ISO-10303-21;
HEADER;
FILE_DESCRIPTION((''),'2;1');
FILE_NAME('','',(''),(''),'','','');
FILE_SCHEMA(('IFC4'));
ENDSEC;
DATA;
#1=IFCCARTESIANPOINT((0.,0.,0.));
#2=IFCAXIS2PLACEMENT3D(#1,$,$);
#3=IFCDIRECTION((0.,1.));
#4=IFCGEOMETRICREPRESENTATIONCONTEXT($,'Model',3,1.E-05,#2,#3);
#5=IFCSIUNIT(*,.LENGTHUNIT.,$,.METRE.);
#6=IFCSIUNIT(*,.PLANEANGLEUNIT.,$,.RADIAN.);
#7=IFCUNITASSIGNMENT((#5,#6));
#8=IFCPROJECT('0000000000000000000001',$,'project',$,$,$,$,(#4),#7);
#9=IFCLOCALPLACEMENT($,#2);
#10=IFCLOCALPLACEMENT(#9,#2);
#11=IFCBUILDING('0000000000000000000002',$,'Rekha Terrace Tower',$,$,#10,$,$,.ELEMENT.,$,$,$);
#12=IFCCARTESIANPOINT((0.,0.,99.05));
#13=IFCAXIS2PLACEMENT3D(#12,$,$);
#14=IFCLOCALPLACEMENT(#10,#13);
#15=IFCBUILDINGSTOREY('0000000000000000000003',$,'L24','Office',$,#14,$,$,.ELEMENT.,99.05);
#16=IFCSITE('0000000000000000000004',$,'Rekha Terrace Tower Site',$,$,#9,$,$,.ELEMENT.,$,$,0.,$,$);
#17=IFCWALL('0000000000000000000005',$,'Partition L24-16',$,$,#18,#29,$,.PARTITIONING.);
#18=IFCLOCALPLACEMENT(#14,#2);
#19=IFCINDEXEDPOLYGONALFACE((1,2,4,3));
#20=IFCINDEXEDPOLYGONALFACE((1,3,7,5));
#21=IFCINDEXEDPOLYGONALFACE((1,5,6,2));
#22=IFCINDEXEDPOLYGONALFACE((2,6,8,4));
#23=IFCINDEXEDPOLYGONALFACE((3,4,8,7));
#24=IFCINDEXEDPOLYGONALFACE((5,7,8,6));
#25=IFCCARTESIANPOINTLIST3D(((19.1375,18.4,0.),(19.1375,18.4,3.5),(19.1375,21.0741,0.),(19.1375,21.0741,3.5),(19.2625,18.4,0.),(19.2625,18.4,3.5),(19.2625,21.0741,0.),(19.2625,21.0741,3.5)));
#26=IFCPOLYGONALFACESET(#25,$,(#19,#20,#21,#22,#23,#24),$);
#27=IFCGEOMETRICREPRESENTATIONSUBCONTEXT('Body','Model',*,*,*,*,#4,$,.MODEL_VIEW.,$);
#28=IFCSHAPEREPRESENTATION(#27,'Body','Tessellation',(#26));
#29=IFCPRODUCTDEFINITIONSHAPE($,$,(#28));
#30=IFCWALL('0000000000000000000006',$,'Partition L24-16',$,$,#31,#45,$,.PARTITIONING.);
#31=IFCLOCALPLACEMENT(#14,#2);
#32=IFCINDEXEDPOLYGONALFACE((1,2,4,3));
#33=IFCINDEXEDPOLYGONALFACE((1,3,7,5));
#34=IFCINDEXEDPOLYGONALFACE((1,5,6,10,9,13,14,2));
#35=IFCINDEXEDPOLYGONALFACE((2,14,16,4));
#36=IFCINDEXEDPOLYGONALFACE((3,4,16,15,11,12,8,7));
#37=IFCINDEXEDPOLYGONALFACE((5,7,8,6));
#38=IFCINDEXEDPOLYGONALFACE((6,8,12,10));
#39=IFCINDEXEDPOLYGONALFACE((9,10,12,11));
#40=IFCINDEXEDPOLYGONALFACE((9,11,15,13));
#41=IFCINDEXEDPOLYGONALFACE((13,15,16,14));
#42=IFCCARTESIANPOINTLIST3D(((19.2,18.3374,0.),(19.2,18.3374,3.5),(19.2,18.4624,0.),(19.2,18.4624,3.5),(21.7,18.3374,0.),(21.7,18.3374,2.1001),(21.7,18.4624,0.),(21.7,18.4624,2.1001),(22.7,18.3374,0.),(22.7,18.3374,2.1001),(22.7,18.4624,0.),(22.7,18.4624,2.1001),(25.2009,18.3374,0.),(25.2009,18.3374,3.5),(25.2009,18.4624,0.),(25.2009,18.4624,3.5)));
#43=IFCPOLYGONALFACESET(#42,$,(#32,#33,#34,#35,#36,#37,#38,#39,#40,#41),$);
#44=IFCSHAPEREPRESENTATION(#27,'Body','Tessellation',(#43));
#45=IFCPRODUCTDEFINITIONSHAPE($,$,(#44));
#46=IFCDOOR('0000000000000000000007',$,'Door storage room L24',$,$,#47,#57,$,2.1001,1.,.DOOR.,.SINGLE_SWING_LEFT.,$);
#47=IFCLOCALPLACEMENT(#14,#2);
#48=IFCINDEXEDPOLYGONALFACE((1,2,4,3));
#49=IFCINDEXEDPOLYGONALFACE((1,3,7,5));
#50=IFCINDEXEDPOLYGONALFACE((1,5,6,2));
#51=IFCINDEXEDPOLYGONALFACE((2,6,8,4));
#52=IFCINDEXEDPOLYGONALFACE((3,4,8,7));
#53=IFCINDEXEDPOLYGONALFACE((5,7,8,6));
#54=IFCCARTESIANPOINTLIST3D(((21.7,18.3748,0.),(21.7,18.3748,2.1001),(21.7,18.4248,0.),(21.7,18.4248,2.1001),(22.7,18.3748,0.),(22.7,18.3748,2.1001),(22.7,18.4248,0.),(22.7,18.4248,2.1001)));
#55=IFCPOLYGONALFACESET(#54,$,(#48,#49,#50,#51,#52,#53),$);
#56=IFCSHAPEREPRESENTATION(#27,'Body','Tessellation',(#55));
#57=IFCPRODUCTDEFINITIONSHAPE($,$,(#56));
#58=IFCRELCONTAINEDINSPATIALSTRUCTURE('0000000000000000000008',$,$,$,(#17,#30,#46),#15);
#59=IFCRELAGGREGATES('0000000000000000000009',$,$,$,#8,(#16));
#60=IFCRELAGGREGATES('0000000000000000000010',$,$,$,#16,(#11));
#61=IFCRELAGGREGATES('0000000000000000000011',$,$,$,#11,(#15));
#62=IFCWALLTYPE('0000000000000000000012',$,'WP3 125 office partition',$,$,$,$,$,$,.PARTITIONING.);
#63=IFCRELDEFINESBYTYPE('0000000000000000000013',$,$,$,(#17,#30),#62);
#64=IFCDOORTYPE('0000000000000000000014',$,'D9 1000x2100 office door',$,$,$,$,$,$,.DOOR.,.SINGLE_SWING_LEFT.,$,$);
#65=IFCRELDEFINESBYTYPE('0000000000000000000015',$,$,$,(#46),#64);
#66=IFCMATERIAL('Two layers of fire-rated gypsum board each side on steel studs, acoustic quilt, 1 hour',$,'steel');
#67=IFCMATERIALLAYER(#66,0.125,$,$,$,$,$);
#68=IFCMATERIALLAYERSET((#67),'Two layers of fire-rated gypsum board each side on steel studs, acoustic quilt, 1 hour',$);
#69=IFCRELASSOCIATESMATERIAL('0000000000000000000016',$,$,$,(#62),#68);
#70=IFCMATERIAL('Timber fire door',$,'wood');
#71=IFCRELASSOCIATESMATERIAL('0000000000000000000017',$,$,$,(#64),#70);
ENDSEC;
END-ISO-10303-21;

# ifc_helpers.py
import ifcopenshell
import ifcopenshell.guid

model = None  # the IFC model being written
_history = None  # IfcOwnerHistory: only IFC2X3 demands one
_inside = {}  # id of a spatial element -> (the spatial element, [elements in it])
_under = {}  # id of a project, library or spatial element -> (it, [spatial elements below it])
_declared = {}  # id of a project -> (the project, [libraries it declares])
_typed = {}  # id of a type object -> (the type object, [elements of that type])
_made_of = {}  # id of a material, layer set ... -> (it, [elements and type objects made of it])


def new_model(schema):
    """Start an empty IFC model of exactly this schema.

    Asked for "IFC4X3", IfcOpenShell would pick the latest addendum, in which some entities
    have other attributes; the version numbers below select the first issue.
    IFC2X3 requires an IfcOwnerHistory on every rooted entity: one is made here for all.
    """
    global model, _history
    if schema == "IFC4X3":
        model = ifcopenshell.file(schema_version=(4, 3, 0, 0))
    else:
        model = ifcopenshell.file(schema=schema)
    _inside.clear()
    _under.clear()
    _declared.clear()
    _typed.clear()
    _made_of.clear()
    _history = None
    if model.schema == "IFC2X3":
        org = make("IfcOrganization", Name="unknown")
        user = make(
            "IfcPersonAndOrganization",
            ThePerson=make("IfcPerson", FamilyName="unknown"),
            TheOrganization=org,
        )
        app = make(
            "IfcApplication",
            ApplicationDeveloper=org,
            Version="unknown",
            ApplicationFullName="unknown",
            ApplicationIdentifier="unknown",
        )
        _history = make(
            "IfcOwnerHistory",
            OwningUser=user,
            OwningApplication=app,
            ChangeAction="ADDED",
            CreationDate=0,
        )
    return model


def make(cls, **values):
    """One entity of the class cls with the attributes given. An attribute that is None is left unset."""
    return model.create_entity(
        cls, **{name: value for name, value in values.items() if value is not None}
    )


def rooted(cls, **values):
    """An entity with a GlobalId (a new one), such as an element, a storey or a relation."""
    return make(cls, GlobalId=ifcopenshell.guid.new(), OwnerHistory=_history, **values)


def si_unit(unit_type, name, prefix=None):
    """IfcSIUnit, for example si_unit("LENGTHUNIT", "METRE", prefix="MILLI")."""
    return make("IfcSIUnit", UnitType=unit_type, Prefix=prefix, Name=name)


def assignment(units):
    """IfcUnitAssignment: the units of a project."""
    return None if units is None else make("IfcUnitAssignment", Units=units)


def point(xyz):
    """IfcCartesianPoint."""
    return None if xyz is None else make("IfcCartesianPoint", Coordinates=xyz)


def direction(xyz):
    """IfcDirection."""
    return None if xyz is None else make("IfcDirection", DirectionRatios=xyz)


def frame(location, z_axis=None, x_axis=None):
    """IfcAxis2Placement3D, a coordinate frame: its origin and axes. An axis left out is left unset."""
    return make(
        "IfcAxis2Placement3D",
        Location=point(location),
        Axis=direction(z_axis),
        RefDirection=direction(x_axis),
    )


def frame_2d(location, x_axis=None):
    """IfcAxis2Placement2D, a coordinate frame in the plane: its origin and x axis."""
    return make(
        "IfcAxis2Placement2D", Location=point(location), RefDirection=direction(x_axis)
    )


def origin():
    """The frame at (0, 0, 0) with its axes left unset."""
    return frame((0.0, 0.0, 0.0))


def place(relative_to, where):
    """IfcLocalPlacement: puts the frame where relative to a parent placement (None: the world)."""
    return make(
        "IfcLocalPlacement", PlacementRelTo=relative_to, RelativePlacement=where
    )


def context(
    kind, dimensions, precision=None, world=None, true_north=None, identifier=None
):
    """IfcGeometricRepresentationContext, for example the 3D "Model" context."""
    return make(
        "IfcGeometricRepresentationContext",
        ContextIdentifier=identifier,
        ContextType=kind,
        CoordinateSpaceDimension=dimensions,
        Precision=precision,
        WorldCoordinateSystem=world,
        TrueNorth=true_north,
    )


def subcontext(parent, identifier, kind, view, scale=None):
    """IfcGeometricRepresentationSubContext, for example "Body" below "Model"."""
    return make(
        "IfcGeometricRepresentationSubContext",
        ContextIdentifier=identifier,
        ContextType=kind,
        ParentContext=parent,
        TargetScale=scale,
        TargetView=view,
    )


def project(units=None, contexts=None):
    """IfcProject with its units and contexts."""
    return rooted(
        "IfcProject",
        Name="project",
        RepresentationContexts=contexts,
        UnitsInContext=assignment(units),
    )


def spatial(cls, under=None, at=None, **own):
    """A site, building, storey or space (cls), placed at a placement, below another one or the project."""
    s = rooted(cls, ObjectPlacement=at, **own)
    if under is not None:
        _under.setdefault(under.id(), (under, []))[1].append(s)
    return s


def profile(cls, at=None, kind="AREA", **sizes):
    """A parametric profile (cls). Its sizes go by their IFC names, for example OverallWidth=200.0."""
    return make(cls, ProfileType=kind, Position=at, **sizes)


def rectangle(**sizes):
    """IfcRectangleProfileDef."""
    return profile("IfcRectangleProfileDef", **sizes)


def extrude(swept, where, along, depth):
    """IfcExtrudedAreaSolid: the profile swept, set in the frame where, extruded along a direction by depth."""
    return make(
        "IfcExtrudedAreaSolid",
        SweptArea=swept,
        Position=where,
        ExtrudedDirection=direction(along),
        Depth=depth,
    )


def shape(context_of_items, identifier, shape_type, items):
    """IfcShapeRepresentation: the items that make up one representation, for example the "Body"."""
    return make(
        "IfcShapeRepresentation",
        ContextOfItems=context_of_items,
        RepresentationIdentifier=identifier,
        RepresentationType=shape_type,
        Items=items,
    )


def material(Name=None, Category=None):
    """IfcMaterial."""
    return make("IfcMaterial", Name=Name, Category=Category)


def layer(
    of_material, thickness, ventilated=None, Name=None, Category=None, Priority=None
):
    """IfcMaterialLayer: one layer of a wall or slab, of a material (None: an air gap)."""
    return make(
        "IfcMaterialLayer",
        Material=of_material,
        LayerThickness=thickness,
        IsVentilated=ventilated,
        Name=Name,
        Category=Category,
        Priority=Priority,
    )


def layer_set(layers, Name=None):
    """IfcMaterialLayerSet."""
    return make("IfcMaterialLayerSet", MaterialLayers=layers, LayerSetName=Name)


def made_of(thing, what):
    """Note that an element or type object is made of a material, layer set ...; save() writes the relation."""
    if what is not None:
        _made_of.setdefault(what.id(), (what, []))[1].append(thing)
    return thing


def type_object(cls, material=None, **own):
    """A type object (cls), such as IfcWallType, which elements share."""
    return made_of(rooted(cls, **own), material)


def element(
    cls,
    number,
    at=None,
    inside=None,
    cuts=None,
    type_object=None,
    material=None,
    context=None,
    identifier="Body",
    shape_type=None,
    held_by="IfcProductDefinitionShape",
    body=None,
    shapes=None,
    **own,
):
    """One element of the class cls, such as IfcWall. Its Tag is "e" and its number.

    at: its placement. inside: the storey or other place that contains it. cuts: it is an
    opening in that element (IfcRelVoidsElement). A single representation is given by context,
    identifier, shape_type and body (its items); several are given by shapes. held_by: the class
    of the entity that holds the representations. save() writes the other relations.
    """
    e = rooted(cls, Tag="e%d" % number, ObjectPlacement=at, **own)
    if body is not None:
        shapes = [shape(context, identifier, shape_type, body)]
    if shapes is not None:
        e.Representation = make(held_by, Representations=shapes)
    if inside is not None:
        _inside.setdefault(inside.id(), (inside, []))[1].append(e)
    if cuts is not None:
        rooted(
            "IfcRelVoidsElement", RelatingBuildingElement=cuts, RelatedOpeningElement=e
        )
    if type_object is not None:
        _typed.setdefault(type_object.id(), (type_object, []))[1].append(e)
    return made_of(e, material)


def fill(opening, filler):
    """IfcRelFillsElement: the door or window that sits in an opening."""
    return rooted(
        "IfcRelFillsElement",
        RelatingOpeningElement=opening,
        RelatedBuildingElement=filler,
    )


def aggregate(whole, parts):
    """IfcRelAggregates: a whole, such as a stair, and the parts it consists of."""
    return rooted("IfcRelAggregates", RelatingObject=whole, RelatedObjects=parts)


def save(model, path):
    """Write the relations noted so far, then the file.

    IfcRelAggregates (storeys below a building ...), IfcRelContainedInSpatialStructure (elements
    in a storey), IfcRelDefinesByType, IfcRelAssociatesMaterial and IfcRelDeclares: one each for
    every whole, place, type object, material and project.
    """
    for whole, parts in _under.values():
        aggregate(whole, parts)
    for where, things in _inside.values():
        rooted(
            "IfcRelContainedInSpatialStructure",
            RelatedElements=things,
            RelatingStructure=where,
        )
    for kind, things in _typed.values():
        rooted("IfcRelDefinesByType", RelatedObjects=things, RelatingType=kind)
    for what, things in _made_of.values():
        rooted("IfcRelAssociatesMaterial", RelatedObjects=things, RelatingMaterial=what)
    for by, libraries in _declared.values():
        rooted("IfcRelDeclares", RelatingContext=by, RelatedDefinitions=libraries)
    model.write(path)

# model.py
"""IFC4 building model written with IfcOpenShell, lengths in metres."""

from ifc_helpers import new_model, si_unit, direction, frame, frame_2d, origin, place, context, subcontext, project, spatial, rectangle, extrude, material, layer, layer_set, type_object, element, fill, save


model = new_model("IFC4")

# Units and contexts
model_context = context("Model", 3, precision=1e-05, world=origin(), true_north=direction((0.0, 1.0)))
body_context = subcontext(model_context, "Body", "Model", "MODEL_VIEW")
ifc_project = project(units=[si_unit("LENGTHUNIT", "METRE"), si_unit("PLANEANGLEUNIT", "RADIAN")], contexts=[model_context])

# Site, building, storey
site_placement = place(None, origin())
site = spatial("IfcSite", under=ifc_project, at=site_placement, Name="Rekha Terrace Tower Site", CompositionType="ELEMENT", RefElevation=0.0)
building_placement = place(site_placement, origin())
building = spatial("IfcBuilding", under=site, at=building_placement, Name="Rekha Terrace Tower", CompositionType="ELEMENT")
storey_placement = place(building_placement, frame((0.0, 0.0, 99.05)))
storey = spatial("IfcBuildingStorey", under=building, at=storey_placement, Name="L24", Description="Office", CompositionType="ELEMENT", Elevation=99.05)

# Wall
ifc_material_1 = material(Name="Two layers of fire-rated gypsum board each side on steel studs, acoustic quilt, 1 hour", Category="steel")
ifc_layer_1 = layer(ifc_material_1, 0.125)
ifc_layer_set_1 = layer_set([ifc_layer_1], Name="Two layers of fire-rated gypsum board each side on steel studs, acoustic quilt, 1 hour")
wall_type_1 = type_object("IfcWallType", Name="WP3 125 office partition", PredefinedType="PARTITIONING", material=ifc_layer_set_1)
wall_1_placement = place(storey_placement, frame((19.2, 21.074, 0.0), z_axis=(0.0, 0.0, 1.0), x_axis=(0.0, -1.0, 0.0)))
element("IfcWall", 1, at=wall_1_placement, inside=storey, type_object=wall_type_1, Name="Partition L24-16", PredefinedType="PARTITIONING", context=body_context, shape_type="SweptSolid", body=[
    extrude(rectangle(XDim=2.6741, YDim=0.125, at=frame_2d((1.3369, 0.0))), origin(), (0.0, 0.0, 1.0), 3.5),
])

# Wall, opening, door
wall_2_placement = place(storey_placement, frame((19.2, 18.3999, 0.0), z_axis=(0.0, 0.0, 1.0), x_axis=(1.0, 0.0, 0.0)))
wall_2 = element("IfcWall", 2, at=wall_2_placement, inside=storey, type_object=wall_type_1, Name="Partition L24-16", PredefinedType="PARTITIONING", context=body_context, shape_type="SweptSolid", body=[
    extrude(rectangle(XDim=6.001, YDim=0.125, at=frame_2d((3.0005, 0.0))), origin(), (0.0, 0.0, 1.0), 3.5),
])
opening_1_placement = place(wall_2_placement, frame((2.5, 0.0, 0.0)))
opening_1 = element("IfcOpeningElement", 3, at=opening_1_placement, cuts=wall_2, PredefinedType="OPENING", context=body_context, shape_type="SweptSolid", body=[
    extrude(rectangle(XDim=1.0, YDim=2.1001, at=frame_2d((0.5, 1.05))), frame((0.0, 0.0725, 0.0), z_axis=(0.0, -1.0, 0.0), x_axis=(1.0, 0.0, 0.0)), (0.0, 0.0, 1.0), 0.145),
])
ifc_material_2 = material(Name="Timber fire door", Category="wood")
door_type_1 = type_object("IfcDoorType", Name="D9 1000x2100 office door", OperationType="SINGLE_SWING_LEFT", PredefinedType="DOOR", material=ifc_material_2)
door_1_placement = place(opening_1_placement, origin())
door_1 = element("IfcDoor", 4, at=door_1_placement, inside=storey, type_object=door_type_1, Name="Door storage room L24", OperationType="SINGLE_SWING_LEFT", OverallHeight=2.1001, OverallWidth=1.0, PredefinedType="DOOR", context=body_context, shape_type="SweptSolid", body=[
    extrude(rectangle(XDim=1.0, YDim=2.1001, at=frame_2d((0.5, 1.05))), frame((0.0, 0.0249, 0.0), z_axis=(0.0, -1.0, 0.0), x_axis=(1.0, 0.0, 0.0)), (0.0, 0.0, 1.0), 0.05),
])
fill(opening_1, door_1)

save(model, "model.ifc")
